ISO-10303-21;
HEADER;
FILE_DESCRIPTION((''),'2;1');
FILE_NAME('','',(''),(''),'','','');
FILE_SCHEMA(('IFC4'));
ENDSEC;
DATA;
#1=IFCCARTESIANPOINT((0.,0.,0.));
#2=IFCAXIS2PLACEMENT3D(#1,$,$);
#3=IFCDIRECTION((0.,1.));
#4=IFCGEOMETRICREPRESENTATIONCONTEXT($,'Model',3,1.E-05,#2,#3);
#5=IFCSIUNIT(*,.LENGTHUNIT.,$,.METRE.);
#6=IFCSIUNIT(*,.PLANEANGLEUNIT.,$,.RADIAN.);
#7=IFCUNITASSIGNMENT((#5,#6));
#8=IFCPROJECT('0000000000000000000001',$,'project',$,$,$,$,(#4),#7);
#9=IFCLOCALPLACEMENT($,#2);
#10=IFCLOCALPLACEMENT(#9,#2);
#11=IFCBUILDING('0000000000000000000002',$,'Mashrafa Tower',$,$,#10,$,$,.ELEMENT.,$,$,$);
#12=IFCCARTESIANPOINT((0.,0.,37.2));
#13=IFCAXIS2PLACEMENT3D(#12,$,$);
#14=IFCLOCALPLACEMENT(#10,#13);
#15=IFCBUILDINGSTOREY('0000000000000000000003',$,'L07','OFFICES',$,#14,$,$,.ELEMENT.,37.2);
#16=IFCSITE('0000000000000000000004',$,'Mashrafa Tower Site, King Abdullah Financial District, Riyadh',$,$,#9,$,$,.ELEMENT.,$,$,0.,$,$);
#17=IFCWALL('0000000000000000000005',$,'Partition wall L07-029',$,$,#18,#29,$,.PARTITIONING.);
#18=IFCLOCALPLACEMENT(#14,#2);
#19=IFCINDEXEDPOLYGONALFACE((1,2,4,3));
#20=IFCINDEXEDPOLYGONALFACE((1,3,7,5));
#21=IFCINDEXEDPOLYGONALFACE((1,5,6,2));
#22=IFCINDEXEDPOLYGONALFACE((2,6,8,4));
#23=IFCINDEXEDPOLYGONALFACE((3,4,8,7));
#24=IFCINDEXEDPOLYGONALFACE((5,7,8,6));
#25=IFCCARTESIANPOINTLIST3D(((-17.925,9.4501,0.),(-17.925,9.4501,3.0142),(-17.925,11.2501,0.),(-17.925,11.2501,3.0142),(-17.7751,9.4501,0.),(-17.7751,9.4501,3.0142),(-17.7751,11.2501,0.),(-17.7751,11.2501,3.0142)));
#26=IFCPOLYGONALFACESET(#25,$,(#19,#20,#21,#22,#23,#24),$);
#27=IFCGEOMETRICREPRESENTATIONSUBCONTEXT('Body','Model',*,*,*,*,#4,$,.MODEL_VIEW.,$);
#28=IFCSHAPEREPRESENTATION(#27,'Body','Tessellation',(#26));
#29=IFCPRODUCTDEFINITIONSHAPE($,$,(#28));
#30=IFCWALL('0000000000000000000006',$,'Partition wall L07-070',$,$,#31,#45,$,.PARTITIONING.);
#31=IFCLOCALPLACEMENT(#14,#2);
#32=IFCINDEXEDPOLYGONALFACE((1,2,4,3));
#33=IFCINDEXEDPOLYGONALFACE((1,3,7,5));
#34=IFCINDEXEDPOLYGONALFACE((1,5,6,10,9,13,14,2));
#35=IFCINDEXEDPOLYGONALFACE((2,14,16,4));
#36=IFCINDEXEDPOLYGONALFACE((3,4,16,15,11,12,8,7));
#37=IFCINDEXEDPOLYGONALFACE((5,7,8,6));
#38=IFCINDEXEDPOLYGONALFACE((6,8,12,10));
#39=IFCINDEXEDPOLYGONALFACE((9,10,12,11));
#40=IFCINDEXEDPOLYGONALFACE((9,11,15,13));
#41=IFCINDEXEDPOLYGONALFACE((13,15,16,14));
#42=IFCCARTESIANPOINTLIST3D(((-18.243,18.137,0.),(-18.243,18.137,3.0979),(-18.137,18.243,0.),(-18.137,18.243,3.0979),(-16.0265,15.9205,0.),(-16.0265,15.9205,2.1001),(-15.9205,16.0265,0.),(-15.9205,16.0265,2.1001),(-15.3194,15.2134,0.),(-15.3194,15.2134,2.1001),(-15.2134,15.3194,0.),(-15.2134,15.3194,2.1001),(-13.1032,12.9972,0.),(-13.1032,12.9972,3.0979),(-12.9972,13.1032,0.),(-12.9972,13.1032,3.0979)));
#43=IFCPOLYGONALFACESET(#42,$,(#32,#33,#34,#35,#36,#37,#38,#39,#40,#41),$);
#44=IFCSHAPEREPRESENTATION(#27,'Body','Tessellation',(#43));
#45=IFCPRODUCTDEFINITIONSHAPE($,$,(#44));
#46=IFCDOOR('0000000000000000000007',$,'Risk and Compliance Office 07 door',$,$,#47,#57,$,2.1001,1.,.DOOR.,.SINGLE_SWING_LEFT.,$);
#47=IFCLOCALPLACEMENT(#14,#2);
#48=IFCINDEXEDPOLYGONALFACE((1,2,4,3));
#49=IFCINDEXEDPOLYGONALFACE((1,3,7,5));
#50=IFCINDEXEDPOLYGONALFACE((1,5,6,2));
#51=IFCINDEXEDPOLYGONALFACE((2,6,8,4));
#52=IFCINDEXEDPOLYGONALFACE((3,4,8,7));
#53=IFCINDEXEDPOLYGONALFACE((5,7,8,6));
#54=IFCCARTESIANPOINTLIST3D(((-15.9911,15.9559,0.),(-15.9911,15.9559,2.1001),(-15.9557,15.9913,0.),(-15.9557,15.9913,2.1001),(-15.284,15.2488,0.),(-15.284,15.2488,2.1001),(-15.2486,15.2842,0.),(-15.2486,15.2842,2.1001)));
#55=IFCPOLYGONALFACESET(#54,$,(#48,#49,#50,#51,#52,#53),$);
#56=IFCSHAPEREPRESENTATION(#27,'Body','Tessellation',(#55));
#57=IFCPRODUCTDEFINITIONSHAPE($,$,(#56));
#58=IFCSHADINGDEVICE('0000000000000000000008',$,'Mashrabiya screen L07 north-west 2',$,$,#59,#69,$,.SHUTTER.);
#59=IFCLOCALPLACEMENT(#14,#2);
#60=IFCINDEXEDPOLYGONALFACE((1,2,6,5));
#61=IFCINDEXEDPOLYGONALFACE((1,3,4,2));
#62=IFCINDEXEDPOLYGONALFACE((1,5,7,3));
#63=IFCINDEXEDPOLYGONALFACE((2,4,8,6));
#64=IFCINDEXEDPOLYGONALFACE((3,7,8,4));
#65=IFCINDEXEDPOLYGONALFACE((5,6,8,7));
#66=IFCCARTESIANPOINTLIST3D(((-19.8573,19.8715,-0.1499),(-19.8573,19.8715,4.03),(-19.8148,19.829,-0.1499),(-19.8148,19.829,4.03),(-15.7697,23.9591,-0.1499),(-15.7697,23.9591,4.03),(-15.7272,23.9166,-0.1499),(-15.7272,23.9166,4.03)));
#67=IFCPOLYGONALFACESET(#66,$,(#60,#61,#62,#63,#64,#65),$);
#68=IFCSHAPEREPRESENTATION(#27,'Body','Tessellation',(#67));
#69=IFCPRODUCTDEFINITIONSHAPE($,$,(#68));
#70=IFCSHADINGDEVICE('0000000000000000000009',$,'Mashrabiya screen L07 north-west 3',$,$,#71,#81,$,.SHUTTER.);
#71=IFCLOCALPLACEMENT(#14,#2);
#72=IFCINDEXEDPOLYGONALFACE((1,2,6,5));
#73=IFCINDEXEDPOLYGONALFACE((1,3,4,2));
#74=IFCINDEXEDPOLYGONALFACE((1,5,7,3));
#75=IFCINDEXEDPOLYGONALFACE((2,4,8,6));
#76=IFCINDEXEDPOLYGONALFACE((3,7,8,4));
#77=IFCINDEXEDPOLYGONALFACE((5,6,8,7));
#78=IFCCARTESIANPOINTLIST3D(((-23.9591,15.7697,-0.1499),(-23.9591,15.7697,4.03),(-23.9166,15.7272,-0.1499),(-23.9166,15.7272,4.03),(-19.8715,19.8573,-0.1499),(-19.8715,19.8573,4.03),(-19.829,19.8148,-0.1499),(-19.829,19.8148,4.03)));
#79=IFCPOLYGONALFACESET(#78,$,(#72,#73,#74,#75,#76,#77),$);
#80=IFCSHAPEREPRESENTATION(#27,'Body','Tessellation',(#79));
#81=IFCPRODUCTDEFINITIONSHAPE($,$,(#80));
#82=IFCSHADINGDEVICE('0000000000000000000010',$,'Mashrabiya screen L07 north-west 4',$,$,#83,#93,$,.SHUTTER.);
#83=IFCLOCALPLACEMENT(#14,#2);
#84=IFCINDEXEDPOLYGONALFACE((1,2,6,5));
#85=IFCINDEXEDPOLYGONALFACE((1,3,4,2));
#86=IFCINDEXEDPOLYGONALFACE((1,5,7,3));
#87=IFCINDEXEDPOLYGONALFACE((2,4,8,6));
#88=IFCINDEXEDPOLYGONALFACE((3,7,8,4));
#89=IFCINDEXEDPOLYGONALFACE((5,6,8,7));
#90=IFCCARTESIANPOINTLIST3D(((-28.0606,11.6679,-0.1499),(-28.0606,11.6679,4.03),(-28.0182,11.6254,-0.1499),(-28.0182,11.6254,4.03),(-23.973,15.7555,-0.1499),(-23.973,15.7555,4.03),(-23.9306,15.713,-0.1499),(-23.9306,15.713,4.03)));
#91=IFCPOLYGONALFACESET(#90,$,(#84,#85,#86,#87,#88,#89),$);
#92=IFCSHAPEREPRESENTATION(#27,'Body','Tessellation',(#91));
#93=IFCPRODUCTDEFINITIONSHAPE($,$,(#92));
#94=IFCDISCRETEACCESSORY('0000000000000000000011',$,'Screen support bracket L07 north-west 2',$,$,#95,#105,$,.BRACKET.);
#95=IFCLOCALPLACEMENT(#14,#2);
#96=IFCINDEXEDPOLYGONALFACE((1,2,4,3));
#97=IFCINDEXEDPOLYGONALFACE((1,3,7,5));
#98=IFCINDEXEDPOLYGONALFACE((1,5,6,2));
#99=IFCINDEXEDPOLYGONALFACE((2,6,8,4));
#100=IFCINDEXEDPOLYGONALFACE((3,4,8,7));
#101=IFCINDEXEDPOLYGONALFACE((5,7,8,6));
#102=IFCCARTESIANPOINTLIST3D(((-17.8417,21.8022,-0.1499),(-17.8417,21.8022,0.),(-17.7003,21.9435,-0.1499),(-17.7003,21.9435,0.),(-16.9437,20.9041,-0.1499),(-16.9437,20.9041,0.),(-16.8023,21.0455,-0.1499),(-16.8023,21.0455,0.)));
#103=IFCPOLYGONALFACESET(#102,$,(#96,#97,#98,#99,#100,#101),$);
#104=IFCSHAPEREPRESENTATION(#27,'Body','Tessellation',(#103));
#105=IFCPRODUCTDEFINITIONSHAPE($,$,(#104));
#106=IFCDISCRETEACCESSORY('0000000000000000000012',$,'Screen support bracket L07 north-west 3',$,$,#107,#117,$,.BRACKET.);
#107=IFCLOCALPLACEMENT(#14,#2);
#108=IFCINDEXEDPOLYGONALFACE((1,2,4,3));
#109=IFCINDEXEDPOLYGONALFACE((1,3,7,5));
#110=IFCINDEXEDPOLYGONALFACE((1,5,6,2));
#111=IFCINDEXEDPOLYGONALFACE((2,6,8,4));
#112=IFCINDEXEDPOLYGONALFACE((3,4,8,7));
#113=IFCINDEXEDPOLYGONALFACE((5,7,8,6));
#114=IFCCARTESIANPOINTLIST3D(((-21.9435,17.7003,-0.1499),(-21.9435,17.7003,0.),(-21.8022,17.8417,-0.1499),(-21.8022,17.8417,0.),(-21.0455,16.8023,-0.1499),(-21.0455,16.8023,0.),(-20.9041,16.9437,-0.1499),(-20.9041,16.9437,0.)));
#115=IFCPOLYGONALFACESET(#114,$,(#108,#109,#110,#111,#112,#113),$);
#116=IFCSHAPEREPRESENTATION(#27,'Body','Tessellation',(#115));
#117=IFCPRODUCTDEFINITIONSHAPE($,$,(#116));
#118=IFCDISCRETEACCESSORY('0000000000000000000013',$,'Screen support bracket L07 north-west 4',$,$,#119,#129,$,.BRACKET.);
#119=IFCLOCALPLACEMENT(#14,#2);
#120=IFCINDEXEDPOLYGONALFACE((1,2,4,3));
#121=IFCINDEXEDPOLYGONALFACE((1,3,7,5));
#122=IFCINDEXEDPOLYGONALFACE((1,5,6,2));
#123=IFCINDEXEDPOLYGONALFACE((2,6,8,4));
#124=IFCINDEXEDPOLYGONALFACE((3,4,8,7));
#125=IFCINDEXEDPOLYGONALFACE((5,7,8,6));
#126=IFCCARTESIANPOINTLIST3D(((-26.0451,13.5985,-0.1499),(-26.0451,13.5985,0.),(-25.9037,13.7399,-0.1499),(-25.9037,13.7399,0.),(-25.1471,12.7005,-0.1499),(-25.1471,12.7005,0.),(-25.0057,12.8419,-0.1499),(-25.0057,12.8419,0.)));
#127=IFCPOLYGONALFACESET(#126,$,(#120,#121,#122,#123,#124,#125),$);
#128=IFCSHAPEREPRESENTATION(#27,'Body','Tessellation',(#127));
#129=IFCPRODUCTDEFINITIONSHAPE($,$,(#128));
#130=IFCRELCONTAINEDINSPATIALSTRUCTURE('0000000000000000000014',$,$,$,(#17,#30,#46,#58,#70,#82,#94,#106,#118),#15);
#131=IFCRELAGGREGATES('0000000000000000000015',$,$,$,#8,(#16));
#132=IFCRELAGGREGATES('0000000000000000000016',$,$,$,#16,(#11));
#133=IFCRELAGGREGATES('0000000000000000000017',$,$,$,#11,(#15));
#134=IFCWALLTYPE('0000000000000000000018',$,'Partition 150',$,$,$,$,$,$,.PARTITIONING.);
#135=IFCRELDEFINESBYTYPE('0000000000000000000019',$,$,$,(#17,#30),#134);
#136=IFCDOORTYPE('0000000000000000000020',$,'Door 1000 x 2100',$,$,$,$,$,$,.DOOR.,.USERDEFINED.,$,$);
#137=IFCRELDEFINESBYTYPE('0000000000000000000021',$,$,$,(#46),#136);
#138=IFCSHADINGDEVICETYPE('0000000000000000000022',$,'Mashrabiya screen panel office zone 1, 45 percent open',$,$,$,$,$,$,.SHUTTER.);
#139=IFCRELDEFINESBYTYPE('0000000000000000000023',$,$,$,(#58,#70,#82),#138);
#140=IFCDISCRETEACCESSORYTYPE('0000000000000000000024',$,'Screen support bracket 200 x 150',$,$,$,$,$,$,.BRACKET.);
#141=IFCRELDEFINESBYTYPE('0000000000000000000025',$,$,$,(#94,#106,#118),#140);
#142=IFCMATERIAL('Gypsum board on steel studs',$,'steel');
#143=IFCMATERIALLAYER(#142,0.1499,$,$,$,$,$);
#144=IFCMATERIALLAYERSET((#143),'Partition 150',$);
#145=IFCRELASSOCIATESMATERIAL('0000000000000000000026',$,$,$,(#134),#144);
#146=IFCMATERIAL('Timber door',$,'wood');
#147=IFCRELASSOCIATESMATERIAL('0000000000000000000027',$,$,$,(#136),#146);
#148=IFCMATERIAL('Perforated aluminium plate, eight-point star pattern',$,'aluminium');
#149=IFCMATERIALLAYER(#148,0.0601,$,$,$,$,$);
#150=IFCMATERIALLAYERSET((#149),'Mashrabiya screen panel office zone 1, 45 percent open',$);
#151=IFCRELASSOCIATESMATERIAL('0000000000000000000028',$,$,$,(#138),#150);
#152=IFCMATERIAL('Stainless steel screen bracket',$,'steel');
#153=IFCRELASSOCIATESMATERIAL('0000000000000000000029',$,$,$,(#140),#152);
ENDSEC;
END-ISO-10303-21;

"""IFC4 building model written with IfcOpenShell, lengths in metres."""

from ifc_helpers import new_model, si_unit, direction, frame, frame_2d, origin, origin_2d, place, context, subcontext, project, spatial, rectangle, extrude, source, transform, mapped, material, layer, layer_set, type_object, type_shapes, element, fill, save


model = new_model("IFC4")

# Units and contexts
model_context = context("Model", 3, precision=1e-05, world=origin(), true_north=direction((0.0, 1.0)))
body_context = subcontext(model_context, "Body", "Model", "MODEL_VIEW")
ifc_project = project(units=[si_unit("LENGTHUNIT", "METRE"), si_unit("PLANEANGLEUNIT", "RADIAN")], contexts=[model_context])

# Site, building, storey
site_placement = place(None, origin())
site = spatial("IfcSite", under=ifc_project, at=site_placement, Name="Mashrafa Tower Site, King Abdullah Financial District, Riyadh", CompositionType="ELEMENT", RefElevation=0.0)
building_placement = place(site_placement, origin())
building = spatial("IfcBuilding", under=site, at=building_placement, Name="Mashrafa Tower", CompositionType="ELEMENT")
storey_placement = place(building_placement, frame((0.0, 0.0, 37.2)))
storey = spatial("IfcBuildingStorey", under=building, at=storey_placement, Name="L07", Description="OFFICES", CompositionType="ELEMENT", Elevation=37.2)

# Wall
ifc_material_1 = material(Name="Gypsum board on steel studs", Category="steel")
ifc_layer_1 = layer(ifc_material_1, 0.1499)
ifc_layer_set_1 = layer_set([ifc_layer_1], Name="Partition 150")
wall_type = type_object("IfcWallType", Name="Partition 150", PredefinedType="PARTITIONING", material=ifc_layer_set_1)
wall_1_placement = place(storey_placement, frame((-17.8501, 11.25, 0.0), z_axis=(0.0, 0.0, 1.0), x_axis=(0.0, -1.0, 0.0)))
element("IfcWall", 1, at=wall_1_placement, inside=storey, type_object=wall_type, Name="Partition wall L07-029", PredefinedType="PARTITIONING", context=body_context, shape_type="SweptSolid", body=[
    extrude(rectangle(XDim=1.8, YDim=0.1499, at=frame_2d((0.8999, 0.0))), origin(), (0.0, 0.0, 1.0), 3.0142),
])

# Wall, opening, door
wall_2_placement = place(storey_placement, frame((-18.1899, 18.1899, 0.0), z_axis=(0.0, 0.0, 1.0), x_axis=(0.707107, -0.707107, 0.0)))
wall_2 = element("IfcWall", 2, at=wall_2_placement, inside=storey, type_object=wall_type, Name="Partition wall L07-070", PredefinedType="PARTITIONING", context=body_context, shape_type="SweptSolid", body=[
    extrude(rectangle(XDim=7.2688, YDim=0.1499, at=frame_2d((3.6343, 0.0))), origin(), (0.0, 0.0, 1.0), 3.0979),
])
opening_placement = place(wall_2_placement, frame((3.1345, 0.0, 0.0)))
opening = element("IfcOpeningElement", 3, at=opening_placement, cuts=wall_2, PredefinedType="OPENING", context=body_context, shape_type="SweptSolid", body=[
    extrude(rectangle(XDim=1.0, YDim=2.1001, at=frame_2d((0.5, 1.05))), frame((0.0, 0.085, 0.0), z_axis=(0.0, -1.0, 0.0), x_axis=(1.0, 0.0, 0.0)), (0.0, 0.0, 1.0), 0.1699),
])
ifc_material_2 = material(Name="Timber door", Category="wood")
door_type = type_object("IfcDoorType", Name="Door 1000 x 2100", OperationType="USERDEFINED", PredefinedType="DOOR", material=ifc_material_2)
door_placement = place(opening_placement, frame((1.0, 0.0, 0.0), z_axis=(0.0, 0.0, 1.0), x_axis=(-1.0, 0.0, 0.0)))
door = element("IfcDoor", 4, at=door_placement, inside=storey, type_object=door_type, Name="Risk and Compliance Office 07 door", OperationType="SINGLE_SWING_LEFT", OverallHeight=2.1001, OverallWidth=1.0, PredefinedType="DOOR", context=body_context, shape_type="SweptSolid", body=[
    extrude(rectangle(XDim=1.0, YDim=2.1001, at=frame_2d((0.5, 1.05))), frame((0.0, 0.0249, 0.0), z_axis=(0.0, -1.0, 0.0), x_axis=(1.0, 0.0, 0.0)), (0.0, 0.0, 1.0), 0.05),
])
fill(opening, door)

# Shading devices
ifc_material_3 = material(Name="Perforated aluminium plate, eight-point star pattern", Category="aluminium")
ifc_layer_2 = layer(ifc_material_3, 0.0601)
ifc_layer_set_2 = layer_set([ifc_layer_2], Name="Mashrabiya screen panel office zone 1, 45 percent open")
shading_device_type = type_object("IfcShadingDeviceType", Name="Mashrabiya screen panel office zone 1, 45 percent open", PredefinedType="SHUTTER", material=ifc_layer_set_2)
shared_shape_1 = source(origin(), body_context, "Body", "SweptSolid", [
    extrude(rectangle(XDim=5.7808, YDim=0.0601, at=origin_2d()), origin(), (0.0, 0.0, 1.0), 4.1799),
])
type_shapes(shading_device_type, [shared_shape_1])
for number, where, z_axis, x_axis, name in (
    (5, (-17.7922, 21.894, -0.1499), (0.0, 0.0, 1.0), (-0.707107, -0.707107, 0.0), "Mashrabiya screen L07 north-west 2"),
    (6, (-21.894, 17.7922, -0.1499), (0.0, 0.0, 1.0), (-0.707107, -0.707107, 0.0), "Mashrabiya screen L07 north-west 3"),
    (7, (-25.9956, 13.6904, -0.1499), (0.0, 0.0, 1.0), (-0.707107, -0.707107, 0.0), "Mashrabiya screen L07 north-west 4"),
):
    element("IfcShadingDevice", number, at=place(storey_placement, frame(where, z_axis=z_axis, x_axis=x_axis)), inside=storey, type_object=shading_device_type, Name=name, PredefinedType="SHUTTER", context=body_context, shape_type="MappedRepresentation", body=[
        mapped(shared_shape_1, transform((0.0, 0.0, 0.0))),
    ])

# Discrete accessories
ifc_material_4 = material(Name="Stainless steel screen bracket", Category="steel")
discrete_accessory_type = type_object("IfcDiscreteAccessoryType", Name="Screen support bracket 200 x 150", PredefinedType="BRACKET", material=ifc_material_4)
shared_shape_2 = source(origin(), body_context, "Body", "SweptSolid", [
    extrude(rectangle(XDim=0.2, YDim=1.27, at=origin_2d()), origin(), (0.0, 0.0, 1.0), 0.1499),
])
type_shapes(discrete_accessory_type, [shared_shape_2])
for number, where, z_axis, x_axis, name in (
    (8, (-17.322, 21.4238, -0.1499), (0.0, 0.0, 1.0), (-0.707107, -0.707107, 0.0), "Screen support bracket L07 north-west 2"),
    (9, (-21.4238, 17.322, -0.1499), (0.0, 0.0, 1.0), (-0.707107, -0.707107, 0.0), "Screen support bracket L07 north-west 3"),
    (10, (-25.5254, 13.2202, -0.1499), (0.0, 0.0, 1.0), (-0.707107, -0.707107, 0.0), "Screen support bracket L07 north-west 4"),
):
    element("IfcDiscreteAccessory", number, at=place(storey_placement, frame(where, z_axis=z_axis, x_axis=x_axis)), inside=storey, type_object=discrete_accessory_type, Name=name, PredefinedType="BRACKET", context=body_context, shape_type="MappedRepresentation", body=[
        mapped(shared_shape_2, transform((0.0, 0.0, 0.0))),
    ])

save(model, "model.ifc")
